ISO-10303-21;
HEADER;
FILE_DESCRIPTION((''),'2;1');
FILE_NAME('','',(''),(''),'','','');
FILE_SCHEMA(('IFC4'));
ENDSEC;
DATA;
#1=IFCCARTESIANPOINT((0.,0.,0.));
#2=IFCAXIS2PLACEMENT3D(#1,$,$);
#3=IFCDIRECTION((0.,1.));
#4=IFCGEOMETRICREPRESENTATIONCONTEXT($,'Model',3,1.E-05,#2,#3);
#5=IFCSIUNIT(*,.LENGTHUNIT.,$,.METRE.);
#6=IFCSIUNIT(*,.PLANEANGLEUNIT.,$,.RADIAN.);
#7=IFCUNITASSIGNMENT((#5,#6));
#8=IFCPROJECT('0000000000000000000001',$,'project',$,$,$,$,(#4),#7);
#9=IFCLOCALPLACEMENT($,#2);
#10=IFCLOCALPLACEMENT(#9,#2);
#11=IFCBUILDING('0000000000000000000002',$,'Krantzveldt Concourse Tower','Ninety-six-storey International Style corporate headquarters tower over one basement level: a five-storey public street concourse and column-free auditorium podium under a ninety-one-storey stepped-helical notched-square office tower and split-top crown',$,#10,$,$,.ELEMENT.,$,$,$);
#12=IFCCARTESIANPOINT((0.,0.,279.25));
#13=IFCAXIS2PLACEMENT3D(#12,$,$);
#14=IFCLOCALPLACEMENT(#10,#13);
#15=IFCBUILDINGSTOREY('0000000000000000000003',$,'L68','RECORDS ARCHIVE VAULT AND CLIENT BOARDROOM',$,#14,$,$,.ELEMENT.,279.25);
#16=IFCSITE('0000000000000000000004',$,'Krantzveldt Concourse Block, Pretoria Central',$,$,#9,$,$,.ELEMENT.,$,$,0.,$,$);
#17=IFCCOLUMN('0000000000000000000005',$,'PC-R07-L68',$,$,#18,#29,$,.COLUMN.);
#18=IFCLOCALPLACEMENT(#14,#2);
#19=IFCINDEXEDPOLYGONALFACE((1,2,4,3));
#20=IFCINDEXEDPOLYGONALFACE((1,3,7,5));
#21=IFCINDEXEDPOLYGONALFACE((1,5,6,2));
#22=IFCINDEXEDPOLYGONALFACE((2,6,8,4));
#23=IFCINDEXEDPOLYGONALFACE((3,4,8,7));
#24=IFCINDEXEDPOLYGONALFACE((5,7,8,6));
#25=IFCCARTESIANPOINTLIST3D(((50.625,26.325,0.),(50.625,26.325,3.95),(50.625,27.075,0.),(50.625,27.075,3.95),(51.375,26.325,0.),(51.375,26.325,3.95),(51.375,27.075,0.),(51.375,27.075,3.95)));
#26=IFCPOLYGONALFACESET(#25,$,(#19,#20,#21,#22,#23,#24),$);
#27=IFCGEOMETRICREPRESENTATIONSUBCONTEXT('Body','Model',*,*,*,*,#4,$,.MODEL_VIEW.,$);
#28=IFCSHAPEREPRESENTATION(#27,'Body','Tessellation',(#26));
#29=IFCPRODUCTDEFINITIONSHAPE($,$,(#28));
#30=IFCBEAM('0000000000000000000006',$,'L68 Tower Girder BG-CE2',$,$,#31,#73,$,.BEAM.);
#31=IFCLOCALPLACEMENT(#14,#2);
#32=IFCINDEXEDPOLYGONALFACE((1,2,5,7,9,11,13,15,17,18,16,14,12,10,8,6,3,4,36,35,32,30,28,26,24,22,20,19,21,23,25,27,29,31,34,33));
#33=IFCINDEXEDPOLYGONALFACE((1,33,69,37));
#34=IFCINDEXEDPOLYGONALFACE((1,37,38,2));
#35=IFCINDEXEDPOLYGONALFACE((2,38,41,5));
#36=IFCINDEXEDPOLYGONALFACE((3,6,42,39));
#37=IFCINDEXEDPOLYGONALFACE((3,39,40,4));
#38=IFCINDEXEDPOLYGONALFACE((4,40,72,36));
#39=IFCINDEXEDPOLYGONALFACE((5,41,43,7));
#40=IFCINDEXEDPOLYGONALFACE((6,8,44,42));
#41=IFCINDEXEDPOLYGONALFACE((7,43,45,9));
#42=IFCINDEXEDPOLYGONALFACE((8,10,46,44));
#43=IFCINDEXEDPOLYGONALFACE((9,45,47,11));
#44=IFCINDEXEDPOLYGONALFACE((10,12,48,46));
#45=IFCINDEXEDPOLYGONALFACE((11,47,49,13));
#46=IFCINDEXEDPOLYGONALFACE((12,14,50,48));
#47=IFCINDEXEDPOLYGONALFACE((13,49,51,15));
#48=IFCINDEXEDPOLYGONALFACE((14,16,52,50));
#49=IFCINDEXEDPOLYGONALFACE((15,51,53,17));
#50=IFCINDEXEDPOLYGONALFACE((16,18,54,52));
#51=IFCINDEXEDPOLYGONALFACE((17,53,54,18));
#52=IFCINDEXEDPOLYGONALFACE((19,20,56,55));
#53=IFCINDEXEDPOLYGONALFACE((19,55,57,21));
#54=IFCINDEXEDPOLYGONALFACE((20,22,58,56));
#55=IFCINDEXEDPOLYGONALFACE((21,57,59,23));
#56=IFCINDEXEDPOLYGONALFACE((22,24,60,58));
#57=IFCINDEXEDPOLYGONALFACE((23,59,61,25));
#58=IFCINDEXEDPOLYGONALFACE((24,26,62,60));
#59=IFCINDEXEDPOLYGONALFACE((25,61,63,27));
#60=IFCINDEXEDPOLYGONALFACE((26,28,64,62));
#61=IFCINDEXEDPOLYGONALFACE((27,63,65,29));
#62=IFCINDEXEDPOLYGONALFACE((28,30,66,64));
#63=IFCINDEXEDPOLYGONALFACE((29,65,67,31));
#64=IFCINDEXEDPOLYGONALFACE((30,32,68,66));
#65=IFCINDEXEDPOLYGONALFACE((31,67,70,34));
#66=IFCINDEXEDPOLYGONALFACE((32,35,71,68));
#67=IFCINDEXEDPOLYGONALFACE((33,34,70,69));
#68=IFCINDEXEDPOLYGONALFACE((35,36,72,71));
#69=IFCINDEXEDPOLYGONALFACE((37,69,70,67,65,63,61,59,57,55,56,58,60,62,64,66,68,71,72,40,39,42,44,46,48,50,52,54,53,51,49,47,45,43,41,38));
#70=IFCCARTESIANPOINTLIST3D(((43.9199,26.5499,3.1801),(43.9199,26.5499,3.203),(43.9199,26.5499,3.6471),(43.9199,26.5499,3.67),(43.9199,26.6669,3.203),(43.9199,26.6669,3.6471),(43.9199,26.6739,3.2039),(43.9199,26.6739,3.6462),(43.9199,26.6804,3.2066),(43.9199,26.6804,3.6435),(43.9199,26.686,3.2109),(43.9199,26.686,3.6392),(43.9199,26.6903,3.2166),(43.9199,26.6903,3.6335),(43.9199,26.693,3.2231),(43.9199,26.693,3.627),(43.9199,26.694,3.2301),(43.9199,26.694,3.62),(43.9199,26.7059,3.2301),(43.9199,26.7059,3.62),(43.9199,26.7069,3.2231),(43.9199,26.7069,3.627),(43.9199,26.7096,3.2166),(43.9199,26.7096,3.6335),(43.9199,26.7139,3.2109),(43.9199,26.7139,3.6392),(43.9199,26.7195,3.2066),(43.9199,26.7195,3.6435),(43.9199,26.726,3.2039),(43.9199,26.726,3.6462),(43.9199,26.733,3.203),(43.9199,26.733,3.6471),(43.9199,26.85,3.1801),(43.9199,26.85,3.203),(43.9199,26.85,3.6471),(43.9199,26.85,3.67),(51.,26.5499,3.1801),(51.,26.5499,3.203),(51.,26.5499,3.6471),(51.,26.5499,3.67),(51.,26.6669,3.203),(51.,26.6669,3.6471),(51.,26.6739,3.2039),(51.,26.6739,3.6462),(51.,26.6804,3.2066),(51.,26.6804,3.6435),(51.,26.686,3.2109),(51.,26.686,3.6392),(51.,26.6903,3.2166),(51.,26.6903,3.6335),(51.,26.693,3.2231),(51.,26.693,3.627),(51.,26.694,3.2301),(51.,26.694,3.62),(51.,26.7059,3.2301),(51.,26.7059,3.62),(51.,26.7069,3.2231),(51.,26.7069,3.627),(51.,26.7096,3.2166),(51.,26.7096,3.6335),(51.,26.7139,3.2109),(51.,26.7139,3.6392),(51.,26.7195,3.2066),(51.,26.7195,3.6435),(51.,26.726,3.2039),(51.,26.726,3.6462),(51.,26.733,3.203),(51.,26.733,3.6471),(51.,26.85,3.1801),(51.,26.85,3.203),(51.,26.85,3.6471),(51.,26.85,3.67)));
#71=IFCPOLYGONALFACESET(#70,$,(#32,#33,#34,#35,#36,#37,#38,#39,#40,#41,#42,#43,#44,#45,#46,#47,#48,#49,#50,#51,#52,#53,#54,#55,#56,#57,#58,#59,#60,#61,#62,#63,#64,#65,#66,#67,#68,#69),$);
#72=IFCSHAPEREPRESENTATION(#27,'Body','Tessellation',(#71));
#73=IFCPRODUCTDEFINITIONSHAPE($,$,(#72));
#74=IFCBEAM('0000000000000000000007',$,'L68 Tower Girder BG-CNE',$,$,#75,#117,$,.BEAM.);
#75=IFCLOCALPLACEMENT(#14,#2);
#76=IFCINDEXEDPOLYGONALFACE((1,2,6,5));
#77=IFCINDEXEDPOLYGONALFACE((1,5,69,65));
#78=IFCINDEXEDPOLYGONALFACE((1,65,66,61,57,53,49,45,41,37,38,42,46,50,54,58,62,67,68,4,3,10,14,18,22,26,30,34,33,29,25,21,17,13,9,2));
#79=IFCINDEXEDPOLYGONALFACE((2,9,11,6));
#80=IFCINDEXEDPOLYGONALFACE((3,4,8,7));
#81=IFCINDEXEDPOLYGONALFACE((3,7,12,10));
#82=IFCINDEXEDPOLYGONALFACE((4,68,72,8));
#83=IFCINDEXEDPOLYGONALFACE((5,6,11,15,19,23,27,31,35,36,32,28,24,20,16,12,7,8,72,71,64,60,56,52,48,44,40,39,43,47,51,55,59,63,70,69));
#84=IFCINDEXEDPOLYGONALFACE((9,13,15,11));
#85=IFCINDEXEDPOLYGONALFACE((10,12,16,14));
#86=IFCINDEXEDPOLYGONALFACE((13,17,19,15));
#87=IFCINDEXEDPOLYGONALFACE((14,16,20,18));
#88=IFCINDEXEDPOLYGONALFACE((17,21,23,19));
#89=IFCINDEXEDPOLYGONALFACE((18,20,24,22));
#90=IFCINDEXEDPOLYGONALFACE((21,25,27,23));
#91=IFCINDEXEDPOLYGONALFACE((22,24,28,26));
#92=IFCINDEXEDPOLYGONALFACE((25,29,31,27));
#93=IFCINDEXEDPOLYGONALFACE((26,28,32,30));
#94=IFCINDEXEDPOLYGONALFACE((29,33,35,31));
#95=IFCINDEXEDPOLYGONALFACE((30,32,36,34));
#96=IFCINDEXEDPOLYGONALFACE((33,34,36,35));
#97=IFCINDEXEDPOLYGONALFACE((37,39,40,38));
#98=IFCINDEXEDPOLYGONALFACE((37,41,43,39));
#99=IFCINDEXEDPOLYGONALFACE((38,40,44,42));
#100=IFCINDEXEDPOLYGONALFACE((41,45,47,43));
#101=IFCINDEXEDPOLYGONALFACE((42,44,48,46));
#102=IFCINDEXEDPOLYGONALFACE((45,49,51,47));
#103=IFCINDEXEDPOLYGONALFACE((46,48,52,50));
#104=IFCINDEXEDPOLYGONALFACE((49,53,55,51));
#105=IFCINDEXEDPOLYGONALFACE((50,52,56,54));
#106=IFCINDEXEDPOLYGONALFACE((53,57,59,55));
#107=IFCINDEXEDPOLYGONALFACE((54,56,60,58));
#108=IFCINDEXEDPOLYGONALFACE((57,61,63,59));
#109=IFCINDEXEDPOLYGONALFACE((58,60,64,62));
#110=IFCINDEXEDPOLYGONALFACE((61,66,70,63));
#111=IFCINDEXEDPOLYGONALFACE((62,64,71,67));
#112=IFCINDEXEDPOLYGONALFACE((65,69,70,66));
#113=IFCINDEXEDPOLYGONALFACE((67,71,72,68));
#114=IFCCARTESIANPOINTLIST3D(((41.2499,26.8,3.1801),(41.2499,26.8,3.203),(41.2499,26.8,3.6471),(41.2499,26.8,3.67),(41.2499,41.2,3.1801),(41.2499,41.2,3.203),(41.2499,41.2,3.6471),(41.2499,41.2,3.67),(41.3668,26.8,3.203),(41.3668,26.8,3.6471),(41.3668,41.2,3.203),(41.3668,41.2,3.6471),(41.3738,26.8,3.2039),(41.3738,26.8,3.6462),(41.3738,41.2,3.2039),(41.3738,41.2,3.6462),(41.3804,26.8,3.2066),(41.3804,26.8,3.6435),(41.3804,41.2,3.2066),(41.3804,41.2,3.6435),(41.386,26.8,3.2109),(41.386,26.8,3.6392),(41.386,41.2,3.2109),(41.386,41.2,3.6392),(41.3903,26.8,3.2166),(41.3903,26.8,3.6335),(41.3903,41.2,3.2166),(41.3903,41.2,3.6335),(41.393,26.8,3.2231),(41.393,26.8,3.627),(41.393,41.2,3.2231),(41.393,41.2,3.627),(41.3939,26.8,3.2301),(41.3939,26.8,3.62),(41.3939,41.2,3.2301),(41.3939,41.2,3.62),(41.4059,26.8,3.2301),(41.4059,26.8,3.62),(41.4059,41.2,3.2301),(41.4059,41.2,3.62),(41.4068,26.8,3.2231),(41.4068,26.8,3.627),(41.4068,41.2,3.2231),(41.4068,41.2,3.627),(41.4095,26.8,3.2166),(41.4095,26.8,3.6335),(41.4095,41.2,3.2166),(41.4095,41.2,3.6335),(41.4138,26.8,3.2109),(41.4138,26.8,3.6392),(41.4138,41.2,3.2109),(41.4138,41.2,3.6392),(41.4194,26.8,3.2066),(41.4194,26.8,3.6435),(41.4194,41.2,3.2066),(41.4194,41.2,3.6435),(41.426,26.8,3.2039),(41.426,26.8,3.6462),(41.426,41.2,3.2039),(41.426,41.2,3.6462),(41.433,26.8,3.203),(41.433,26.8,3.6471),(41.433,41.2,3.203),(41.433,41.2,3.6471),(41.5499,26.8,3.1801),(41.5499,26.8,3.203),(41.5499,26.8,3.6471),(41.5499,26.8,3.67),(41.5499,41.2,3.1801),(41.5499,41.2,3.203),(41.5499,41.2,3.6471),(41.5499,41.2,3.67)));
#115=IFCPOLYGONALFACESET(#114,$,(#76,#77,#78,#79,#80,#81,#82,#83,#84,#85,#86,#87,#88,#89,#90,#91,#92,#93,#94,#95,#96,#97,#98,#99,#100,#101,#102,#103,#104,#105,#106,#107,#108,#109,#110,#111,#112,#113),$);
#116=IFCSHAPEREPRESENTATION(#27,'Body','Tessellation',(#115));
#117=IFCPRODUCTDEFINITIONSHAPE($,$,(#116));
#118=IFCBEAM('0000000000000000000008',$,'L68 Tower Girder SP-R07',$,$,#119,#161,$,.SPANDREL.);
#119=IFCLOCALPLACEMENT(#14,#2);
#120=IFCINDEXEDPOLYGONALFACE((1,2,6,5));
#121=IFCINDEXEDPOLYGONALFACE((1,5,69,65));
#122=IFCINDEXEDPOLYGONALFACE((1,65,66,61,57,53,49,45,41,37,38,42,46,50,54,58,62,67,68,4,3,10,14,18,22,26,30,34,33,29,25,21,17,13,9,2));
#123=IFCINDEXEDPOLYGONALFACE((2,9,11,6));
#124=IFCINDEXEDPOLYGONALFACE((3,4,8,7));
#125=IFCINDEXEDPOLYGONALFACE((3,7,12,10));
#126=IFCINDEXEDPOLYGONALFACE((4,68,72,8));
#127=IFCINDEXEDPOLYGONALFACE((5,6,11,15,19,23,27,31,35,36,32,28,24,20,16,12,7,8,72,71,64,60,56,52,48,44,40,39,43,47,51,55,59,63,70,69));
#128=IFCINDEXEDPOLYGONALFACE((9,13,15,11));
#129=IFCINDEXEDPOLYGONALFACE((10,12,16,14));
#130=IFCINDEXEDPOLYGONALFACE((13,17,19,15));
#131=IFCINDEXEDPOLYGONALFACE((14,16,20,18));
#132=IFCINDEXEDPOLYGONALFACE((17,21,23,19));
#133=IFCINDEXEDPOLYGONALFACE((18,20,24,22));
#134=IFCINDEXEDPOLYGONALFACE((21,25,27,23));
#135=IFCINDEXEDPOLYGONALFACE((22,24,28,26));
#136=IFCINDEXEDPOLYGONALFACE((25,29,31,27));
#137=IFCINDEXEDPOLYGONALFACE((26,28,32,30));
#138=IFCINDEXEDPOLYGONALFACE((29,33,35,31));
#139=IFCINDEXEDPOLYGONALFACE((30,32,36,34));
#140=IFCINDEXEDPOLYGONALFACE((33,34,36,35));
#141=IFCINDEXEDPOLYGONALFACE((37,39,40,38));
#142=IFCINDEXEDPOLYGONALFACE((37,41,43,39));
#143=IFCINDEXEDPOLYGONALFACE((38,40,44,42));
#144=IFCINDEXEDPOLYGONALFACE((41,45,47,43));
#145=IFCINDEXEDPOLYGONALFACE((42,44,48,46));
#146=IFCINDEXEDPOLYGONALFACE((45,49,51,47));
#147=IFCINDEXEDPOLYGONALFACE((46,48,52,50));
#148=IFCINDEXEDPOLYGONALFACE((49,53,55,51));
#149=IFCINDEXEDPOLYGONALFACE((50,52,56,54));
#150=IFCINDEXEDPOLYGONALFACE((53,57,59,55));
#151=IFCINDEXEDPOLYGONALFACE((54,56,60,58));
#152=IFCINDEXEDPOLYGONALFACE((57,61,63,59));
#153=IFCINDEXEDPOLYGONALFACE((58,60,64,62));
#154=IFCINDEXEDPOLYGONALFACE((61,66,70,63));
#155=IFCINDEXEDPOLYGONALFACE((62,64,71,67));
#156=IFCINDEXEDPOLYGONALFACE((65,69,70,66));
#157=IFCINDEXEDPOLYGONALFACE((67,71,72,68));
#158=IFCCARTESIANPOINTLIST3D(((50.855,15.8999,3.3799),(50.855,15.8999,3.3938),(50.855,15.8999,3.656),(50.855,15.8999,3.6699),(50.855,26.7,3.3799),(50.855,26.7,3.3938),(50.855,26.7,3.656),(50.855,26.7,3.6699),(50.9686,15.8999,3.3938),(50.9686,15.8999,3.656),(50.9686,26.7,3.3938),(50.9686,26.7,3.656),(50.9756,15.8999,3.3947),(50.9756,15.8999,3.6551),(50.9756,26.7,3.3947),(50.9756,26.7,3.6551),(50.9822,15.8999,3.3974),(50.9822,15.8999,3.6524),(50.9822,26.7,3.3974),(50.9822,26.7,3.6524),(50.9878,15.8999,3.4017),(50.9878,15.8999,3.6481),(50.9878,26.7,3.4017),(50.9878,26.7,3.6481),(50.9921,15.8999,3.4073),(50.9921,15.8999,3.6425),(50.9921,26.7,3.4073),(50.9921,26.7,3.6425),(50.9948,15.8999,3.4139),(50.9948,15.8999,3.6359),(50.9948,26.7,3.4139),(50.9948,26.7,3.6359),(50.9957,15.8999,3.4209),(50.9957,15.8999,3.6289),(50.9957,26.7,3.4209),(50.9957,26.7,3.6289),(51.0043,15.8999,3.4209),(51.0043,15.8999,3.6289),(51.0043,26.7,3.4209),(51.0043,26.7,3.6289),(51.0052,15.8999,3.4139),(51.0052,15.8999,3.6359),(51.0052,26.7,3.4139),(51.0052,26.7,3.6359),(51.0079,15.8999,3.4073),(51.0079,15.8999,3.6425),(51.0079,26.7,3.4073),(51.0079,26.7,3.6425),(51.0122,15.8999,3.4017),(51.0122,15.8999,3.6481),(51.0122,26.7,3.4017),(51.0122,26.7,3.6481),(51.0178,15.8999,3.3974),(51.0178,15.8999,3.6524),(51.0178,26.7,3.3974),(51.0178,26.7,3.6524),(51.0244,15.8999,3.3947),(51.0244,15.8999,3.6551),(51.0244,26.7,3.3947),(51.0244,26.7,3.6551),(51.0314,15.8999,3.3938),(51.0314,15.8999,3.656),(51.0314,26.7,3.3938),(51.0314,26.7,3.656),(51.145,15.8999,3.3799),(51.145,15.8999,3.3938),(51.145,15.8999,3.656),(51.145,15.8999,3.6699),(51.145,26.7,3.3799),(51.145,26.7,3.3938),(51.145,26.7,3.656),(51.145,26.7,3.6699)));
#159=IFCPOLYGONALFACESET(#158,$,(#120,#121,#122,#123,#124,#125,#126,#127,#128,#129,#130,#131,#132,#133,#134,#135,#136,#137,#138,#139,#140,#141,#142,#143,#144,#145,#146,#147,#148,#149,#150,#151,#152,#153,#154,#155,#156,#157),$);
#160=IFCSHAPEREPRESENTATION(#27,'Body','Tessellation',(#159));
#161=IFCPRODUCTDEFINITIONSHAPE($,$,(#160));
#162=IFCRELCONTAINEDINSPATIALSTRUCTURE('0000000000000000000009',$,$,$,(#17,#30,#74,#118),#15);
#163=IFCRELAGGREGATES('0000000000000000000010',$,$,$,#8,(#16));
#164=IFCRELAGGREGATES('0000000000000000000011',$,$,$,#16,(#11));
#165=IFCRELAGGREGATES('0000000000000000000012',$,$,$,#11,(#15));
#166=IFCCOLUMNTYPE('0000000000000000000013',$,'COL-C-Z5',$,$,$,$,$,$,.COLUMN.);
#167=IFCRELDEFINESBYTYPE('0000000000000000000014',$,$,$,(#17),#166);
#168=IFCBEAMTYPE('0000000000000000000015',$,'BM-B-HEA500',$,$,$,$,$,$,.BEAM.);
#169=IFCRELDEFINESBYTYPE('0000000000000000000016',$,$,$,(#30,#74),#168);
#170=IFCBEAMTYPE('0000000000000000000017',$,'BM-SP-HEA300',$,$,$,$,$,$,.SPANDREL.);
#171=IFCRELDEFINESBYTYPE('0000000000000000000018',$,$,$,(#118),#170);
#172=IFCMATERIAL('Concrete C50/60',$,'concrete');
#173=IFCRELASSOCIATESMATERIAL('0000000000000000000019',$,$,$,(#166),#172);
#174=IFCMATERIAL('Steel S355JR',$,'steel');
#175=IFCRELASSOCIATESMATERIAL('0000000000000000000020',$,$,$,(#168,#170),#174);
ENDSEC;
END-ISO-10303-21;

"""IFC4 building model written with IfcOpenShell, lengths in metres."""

from ifc_helpers import new_model, si_unit, direction, frame, origin, origin_2d, place, context, subcontext, project, spatial, rectangle, i_section, extrude, source, transform, mapped, material, material_profile, profile_set, type_object, type_shapes, element, save


model = new_model("IFC4")

# Units and contexts
model_context = context("Model", 3, precision=1e-05, world=origin(), true_north=direction((0.0, 1.0)))
body_context = subcontext(model_context, "Body", "Model", "MODEL_VIEW")
ifc_project = project(units=[si_unit("LENGTHUNIT", "METRE"), si_unit("PLANEANGLEUNIT", "RADIAN")], contexts=[model_context])

# Site, building, storey
site_placement = place(None, origin())
site = spatial("IfcSite", under=ifc_project, at=site_placement, Name="Krantzveldt Concourse Block, Pretoria Central", CompositionType="ELEMENT", RefElevation=0.0)
building_placement = place(site_placement, origin())
building = spatial("IfcBuilding", under=site, at=building_placement, Name="Krantzveldt Concourse Tower", Description="Ninety-six-storey International Style corporate headquarters tower over one basement level: a five-storey public street concourse and column-free auditorium podium under a ninety-one-storey stepped-helical notched-square office tower and split-top crown", CompositionType="ELEMENT")
storey_placement = place(building_placement, frame((0.0, 0.0, 279.25)))
storey = spatial("IfcBuildingStorey", under=building, at=storey_placement, Name="L68", Description="RECORDS ARCHIVE VAULT AND CLIENT BOARDROOM", CompositionType="ELEMENT", Elevation=279.25)

# Column
ifc_material_1 = material(Name="Concrete C50/60", Category="concrete")
ifc_material_profile_1 = material_profile(ifc_material_1, rectangle(XDim=0.75, YDim=0.75, at=origin_2d()), Name="Concrete C50/60", Category="concrete")
ifc_profile_set_1 = profile_set([ifc_material_profile_1], Name="Concrete C50/60 - RC 750x750")
column_type = type_object("IfcColumnType", Name="COL-C-Z5", PredefinedType="COLUMN", material=ifc_profile_set_1)
shared_shape_1 = source(origin(), body_context, "Body", "SweptSolid", [
    extrude(rectangle(XDim=0.75, YDim=0.75, at=origin_2d()), origin(), (0.0, 0.0, 1.0), 3.95),
])
type_shapes(column_type, [shared_shape_1])
column_placement = place(storey_placement, frame((51.0, 26.7, 0.0), z_axis=(0.0, 0.0, 1.0), x_axis=(1.0, 0.0, 0.0)))
element("IfcColumn", 1, at=column_placement, inside=storey, type_object=column_type, Name="PC-R07-L68", PredefinedType="COLUMN", context=body_context, shape_type="MappedRepresentation", body=[
    mapped(shared_shape_1, transform((0.0, 0.0, 0.0), x_axis=(1.0, 0.0, 0.0), y_axis=(0.0, 1.0, 0.0), z_axis=(0.0, 0.0, 1.0), scale=1.0)),
])

# Beams
ifc_material_2 = material(Name="Steel S355JR", Category="steel")
ifc_material_profile_2 = material_profile(ifc_material_2, i_section(OverallWidth=0.3, OverallDepth=0.49, WebThickness=0.012, FlangeThickness=0.0229, FilletRadius=0.0271, at=origin_2d()), Name="Steel S355JR", Category="steel")
ifc_profile_set_2 = profile_set([ifc_material_profile_2], Name="Steel S355JR - HEA 500")
beam_type_1 = type_object("IfcBeamType", Name="BM-B-HEA500", PredefinedType="BEAM", material=ifc_profile_set_2)
shared_shape_2 = source(origin(), body_context, "Body", "SweptSolid", [
    extrude(i_section(OverallWidth=0.3, OverallDepth=0.49, WebThickness=0.012, FlangeThickness=0.0229, FilletRadius=0.0271, at=origin_2d()), origin(), (0.0, 0.0, 1.0), 7.0801),
])
beam_1_placement = place(storey_placement, frame((43.9199, 26.7, 3.425), z_axis=(1.0, 0.0, 0.0), x_axis=(0.0, 1.0, 0.0)))
element("IfcBeam", 2, at=beam_1_placement, inside=storey, type_object=beam_type_1, Name="L68 Tower Girder BG-CE2", PredefinedType="BEAM", context=body_context, shape_type="MappedRepresentation", body=[
    mapped(shared_shape_2, transform((0.0, 0.0, 0.0), x_axis=(1.0, 0.0, 0.0), y_axis=(0.0, 1.0, 0.0), z_axis=(0.0, 0.0, 1.0), scale=1.0)),
])
shared_shape_3 = source(origin(), body_context, "Body", "SweptSolid", [
    extrude(i_section(OverallWidth=0.3, OverallDepth=0.49, WebThickness=0.012, FlangeThickness=0.0229, FilletRadius=0.0271, at=origin_2d()), origin(), (0.0, 0.0, 1.0), 14.3999),
])
type_shapes(beam_type_1, [shared_shape_2, shared_shape_3])
beam_2_placement = place(storey_placement, frame((41.3999, 26.8, 3.425), z_axis=(0.0, 1.0, 0.0), x_axis=(-1.0, 0.0, 0.0)))
element("IfcBeam", 3, at=beam_2_placement, inside=storey, type_object=beam_type_1, Name="L68 Tower Girder BG-CNE", PredefinedType="BEAM", context=body_context, shape_type="MappedRepresentation", body=[
    mapped(shared_shape_3, transform((0.0, 0.0, 0.0), x_axis=(1.0, 0.0, 0.0), y_axis=(0.0, 1.0, 0.0), z_axis=(0.0, 0.0, 1.0), scale=1.0)),
])
ifc_material_profile_3 = material_profile(ifc_material_2, i_section(OverallWidth=0.29, OverallDepth=0.29, WebThickness=0.0085, FlangeThickness=0.0139, FilletRadius=0.0271, at=origin_2d()), Name="Steel S355JR", Category="steel")
ifc_profile_set_3 = profile_set([ifc_material_profile_3], Name="Steel S355JR - HEA 300")
beam_type_2 = type_object("IfcBeamType", Name="BM-SP-HEA300", PredefinedType="SPANDREL", material=ifc_profile_set_3)
shared_shape_4 = source(origin(), body_context, "Body", "SweptSolid", [
    extrude(i_section(OverallWidth=0.29, OverallDepth=0.29, WebThickness=0.0085, FlangeThickness=0.0139, FilletRadius=0.0271, at=origin_2d()), origin(), (0.0, 0.0, 1.0), 10.8),
])
type_shapes(beam_type_2, [shared_shape_4])
beam_3_placement = place(storey_placement, frame((51.0, 26.7, 3.5249), z_axis=(0.0, -1.0, 0.0), x_axis=(1.0, 0.0, 0.0)))
element("IfcBeam", 4, at=beam_3_placement, inside=storey, type_object=beam_type_2, Name="L68 Tower Girder SP-R07", PredefinedType="SPANDREL", context=body_context, shape_type="MappedRepresentation", body=[
    mapped(shared_shape_4, transform((0.0, 0.0, 0.0), x_axis=(1.0, 0.0, 0.0), y_axis=(0.0, 1.0, 0.0), z_axis=(0.0, 0.0, 1.0), scale=1.0)),
])

save(model, "model.ifc")
